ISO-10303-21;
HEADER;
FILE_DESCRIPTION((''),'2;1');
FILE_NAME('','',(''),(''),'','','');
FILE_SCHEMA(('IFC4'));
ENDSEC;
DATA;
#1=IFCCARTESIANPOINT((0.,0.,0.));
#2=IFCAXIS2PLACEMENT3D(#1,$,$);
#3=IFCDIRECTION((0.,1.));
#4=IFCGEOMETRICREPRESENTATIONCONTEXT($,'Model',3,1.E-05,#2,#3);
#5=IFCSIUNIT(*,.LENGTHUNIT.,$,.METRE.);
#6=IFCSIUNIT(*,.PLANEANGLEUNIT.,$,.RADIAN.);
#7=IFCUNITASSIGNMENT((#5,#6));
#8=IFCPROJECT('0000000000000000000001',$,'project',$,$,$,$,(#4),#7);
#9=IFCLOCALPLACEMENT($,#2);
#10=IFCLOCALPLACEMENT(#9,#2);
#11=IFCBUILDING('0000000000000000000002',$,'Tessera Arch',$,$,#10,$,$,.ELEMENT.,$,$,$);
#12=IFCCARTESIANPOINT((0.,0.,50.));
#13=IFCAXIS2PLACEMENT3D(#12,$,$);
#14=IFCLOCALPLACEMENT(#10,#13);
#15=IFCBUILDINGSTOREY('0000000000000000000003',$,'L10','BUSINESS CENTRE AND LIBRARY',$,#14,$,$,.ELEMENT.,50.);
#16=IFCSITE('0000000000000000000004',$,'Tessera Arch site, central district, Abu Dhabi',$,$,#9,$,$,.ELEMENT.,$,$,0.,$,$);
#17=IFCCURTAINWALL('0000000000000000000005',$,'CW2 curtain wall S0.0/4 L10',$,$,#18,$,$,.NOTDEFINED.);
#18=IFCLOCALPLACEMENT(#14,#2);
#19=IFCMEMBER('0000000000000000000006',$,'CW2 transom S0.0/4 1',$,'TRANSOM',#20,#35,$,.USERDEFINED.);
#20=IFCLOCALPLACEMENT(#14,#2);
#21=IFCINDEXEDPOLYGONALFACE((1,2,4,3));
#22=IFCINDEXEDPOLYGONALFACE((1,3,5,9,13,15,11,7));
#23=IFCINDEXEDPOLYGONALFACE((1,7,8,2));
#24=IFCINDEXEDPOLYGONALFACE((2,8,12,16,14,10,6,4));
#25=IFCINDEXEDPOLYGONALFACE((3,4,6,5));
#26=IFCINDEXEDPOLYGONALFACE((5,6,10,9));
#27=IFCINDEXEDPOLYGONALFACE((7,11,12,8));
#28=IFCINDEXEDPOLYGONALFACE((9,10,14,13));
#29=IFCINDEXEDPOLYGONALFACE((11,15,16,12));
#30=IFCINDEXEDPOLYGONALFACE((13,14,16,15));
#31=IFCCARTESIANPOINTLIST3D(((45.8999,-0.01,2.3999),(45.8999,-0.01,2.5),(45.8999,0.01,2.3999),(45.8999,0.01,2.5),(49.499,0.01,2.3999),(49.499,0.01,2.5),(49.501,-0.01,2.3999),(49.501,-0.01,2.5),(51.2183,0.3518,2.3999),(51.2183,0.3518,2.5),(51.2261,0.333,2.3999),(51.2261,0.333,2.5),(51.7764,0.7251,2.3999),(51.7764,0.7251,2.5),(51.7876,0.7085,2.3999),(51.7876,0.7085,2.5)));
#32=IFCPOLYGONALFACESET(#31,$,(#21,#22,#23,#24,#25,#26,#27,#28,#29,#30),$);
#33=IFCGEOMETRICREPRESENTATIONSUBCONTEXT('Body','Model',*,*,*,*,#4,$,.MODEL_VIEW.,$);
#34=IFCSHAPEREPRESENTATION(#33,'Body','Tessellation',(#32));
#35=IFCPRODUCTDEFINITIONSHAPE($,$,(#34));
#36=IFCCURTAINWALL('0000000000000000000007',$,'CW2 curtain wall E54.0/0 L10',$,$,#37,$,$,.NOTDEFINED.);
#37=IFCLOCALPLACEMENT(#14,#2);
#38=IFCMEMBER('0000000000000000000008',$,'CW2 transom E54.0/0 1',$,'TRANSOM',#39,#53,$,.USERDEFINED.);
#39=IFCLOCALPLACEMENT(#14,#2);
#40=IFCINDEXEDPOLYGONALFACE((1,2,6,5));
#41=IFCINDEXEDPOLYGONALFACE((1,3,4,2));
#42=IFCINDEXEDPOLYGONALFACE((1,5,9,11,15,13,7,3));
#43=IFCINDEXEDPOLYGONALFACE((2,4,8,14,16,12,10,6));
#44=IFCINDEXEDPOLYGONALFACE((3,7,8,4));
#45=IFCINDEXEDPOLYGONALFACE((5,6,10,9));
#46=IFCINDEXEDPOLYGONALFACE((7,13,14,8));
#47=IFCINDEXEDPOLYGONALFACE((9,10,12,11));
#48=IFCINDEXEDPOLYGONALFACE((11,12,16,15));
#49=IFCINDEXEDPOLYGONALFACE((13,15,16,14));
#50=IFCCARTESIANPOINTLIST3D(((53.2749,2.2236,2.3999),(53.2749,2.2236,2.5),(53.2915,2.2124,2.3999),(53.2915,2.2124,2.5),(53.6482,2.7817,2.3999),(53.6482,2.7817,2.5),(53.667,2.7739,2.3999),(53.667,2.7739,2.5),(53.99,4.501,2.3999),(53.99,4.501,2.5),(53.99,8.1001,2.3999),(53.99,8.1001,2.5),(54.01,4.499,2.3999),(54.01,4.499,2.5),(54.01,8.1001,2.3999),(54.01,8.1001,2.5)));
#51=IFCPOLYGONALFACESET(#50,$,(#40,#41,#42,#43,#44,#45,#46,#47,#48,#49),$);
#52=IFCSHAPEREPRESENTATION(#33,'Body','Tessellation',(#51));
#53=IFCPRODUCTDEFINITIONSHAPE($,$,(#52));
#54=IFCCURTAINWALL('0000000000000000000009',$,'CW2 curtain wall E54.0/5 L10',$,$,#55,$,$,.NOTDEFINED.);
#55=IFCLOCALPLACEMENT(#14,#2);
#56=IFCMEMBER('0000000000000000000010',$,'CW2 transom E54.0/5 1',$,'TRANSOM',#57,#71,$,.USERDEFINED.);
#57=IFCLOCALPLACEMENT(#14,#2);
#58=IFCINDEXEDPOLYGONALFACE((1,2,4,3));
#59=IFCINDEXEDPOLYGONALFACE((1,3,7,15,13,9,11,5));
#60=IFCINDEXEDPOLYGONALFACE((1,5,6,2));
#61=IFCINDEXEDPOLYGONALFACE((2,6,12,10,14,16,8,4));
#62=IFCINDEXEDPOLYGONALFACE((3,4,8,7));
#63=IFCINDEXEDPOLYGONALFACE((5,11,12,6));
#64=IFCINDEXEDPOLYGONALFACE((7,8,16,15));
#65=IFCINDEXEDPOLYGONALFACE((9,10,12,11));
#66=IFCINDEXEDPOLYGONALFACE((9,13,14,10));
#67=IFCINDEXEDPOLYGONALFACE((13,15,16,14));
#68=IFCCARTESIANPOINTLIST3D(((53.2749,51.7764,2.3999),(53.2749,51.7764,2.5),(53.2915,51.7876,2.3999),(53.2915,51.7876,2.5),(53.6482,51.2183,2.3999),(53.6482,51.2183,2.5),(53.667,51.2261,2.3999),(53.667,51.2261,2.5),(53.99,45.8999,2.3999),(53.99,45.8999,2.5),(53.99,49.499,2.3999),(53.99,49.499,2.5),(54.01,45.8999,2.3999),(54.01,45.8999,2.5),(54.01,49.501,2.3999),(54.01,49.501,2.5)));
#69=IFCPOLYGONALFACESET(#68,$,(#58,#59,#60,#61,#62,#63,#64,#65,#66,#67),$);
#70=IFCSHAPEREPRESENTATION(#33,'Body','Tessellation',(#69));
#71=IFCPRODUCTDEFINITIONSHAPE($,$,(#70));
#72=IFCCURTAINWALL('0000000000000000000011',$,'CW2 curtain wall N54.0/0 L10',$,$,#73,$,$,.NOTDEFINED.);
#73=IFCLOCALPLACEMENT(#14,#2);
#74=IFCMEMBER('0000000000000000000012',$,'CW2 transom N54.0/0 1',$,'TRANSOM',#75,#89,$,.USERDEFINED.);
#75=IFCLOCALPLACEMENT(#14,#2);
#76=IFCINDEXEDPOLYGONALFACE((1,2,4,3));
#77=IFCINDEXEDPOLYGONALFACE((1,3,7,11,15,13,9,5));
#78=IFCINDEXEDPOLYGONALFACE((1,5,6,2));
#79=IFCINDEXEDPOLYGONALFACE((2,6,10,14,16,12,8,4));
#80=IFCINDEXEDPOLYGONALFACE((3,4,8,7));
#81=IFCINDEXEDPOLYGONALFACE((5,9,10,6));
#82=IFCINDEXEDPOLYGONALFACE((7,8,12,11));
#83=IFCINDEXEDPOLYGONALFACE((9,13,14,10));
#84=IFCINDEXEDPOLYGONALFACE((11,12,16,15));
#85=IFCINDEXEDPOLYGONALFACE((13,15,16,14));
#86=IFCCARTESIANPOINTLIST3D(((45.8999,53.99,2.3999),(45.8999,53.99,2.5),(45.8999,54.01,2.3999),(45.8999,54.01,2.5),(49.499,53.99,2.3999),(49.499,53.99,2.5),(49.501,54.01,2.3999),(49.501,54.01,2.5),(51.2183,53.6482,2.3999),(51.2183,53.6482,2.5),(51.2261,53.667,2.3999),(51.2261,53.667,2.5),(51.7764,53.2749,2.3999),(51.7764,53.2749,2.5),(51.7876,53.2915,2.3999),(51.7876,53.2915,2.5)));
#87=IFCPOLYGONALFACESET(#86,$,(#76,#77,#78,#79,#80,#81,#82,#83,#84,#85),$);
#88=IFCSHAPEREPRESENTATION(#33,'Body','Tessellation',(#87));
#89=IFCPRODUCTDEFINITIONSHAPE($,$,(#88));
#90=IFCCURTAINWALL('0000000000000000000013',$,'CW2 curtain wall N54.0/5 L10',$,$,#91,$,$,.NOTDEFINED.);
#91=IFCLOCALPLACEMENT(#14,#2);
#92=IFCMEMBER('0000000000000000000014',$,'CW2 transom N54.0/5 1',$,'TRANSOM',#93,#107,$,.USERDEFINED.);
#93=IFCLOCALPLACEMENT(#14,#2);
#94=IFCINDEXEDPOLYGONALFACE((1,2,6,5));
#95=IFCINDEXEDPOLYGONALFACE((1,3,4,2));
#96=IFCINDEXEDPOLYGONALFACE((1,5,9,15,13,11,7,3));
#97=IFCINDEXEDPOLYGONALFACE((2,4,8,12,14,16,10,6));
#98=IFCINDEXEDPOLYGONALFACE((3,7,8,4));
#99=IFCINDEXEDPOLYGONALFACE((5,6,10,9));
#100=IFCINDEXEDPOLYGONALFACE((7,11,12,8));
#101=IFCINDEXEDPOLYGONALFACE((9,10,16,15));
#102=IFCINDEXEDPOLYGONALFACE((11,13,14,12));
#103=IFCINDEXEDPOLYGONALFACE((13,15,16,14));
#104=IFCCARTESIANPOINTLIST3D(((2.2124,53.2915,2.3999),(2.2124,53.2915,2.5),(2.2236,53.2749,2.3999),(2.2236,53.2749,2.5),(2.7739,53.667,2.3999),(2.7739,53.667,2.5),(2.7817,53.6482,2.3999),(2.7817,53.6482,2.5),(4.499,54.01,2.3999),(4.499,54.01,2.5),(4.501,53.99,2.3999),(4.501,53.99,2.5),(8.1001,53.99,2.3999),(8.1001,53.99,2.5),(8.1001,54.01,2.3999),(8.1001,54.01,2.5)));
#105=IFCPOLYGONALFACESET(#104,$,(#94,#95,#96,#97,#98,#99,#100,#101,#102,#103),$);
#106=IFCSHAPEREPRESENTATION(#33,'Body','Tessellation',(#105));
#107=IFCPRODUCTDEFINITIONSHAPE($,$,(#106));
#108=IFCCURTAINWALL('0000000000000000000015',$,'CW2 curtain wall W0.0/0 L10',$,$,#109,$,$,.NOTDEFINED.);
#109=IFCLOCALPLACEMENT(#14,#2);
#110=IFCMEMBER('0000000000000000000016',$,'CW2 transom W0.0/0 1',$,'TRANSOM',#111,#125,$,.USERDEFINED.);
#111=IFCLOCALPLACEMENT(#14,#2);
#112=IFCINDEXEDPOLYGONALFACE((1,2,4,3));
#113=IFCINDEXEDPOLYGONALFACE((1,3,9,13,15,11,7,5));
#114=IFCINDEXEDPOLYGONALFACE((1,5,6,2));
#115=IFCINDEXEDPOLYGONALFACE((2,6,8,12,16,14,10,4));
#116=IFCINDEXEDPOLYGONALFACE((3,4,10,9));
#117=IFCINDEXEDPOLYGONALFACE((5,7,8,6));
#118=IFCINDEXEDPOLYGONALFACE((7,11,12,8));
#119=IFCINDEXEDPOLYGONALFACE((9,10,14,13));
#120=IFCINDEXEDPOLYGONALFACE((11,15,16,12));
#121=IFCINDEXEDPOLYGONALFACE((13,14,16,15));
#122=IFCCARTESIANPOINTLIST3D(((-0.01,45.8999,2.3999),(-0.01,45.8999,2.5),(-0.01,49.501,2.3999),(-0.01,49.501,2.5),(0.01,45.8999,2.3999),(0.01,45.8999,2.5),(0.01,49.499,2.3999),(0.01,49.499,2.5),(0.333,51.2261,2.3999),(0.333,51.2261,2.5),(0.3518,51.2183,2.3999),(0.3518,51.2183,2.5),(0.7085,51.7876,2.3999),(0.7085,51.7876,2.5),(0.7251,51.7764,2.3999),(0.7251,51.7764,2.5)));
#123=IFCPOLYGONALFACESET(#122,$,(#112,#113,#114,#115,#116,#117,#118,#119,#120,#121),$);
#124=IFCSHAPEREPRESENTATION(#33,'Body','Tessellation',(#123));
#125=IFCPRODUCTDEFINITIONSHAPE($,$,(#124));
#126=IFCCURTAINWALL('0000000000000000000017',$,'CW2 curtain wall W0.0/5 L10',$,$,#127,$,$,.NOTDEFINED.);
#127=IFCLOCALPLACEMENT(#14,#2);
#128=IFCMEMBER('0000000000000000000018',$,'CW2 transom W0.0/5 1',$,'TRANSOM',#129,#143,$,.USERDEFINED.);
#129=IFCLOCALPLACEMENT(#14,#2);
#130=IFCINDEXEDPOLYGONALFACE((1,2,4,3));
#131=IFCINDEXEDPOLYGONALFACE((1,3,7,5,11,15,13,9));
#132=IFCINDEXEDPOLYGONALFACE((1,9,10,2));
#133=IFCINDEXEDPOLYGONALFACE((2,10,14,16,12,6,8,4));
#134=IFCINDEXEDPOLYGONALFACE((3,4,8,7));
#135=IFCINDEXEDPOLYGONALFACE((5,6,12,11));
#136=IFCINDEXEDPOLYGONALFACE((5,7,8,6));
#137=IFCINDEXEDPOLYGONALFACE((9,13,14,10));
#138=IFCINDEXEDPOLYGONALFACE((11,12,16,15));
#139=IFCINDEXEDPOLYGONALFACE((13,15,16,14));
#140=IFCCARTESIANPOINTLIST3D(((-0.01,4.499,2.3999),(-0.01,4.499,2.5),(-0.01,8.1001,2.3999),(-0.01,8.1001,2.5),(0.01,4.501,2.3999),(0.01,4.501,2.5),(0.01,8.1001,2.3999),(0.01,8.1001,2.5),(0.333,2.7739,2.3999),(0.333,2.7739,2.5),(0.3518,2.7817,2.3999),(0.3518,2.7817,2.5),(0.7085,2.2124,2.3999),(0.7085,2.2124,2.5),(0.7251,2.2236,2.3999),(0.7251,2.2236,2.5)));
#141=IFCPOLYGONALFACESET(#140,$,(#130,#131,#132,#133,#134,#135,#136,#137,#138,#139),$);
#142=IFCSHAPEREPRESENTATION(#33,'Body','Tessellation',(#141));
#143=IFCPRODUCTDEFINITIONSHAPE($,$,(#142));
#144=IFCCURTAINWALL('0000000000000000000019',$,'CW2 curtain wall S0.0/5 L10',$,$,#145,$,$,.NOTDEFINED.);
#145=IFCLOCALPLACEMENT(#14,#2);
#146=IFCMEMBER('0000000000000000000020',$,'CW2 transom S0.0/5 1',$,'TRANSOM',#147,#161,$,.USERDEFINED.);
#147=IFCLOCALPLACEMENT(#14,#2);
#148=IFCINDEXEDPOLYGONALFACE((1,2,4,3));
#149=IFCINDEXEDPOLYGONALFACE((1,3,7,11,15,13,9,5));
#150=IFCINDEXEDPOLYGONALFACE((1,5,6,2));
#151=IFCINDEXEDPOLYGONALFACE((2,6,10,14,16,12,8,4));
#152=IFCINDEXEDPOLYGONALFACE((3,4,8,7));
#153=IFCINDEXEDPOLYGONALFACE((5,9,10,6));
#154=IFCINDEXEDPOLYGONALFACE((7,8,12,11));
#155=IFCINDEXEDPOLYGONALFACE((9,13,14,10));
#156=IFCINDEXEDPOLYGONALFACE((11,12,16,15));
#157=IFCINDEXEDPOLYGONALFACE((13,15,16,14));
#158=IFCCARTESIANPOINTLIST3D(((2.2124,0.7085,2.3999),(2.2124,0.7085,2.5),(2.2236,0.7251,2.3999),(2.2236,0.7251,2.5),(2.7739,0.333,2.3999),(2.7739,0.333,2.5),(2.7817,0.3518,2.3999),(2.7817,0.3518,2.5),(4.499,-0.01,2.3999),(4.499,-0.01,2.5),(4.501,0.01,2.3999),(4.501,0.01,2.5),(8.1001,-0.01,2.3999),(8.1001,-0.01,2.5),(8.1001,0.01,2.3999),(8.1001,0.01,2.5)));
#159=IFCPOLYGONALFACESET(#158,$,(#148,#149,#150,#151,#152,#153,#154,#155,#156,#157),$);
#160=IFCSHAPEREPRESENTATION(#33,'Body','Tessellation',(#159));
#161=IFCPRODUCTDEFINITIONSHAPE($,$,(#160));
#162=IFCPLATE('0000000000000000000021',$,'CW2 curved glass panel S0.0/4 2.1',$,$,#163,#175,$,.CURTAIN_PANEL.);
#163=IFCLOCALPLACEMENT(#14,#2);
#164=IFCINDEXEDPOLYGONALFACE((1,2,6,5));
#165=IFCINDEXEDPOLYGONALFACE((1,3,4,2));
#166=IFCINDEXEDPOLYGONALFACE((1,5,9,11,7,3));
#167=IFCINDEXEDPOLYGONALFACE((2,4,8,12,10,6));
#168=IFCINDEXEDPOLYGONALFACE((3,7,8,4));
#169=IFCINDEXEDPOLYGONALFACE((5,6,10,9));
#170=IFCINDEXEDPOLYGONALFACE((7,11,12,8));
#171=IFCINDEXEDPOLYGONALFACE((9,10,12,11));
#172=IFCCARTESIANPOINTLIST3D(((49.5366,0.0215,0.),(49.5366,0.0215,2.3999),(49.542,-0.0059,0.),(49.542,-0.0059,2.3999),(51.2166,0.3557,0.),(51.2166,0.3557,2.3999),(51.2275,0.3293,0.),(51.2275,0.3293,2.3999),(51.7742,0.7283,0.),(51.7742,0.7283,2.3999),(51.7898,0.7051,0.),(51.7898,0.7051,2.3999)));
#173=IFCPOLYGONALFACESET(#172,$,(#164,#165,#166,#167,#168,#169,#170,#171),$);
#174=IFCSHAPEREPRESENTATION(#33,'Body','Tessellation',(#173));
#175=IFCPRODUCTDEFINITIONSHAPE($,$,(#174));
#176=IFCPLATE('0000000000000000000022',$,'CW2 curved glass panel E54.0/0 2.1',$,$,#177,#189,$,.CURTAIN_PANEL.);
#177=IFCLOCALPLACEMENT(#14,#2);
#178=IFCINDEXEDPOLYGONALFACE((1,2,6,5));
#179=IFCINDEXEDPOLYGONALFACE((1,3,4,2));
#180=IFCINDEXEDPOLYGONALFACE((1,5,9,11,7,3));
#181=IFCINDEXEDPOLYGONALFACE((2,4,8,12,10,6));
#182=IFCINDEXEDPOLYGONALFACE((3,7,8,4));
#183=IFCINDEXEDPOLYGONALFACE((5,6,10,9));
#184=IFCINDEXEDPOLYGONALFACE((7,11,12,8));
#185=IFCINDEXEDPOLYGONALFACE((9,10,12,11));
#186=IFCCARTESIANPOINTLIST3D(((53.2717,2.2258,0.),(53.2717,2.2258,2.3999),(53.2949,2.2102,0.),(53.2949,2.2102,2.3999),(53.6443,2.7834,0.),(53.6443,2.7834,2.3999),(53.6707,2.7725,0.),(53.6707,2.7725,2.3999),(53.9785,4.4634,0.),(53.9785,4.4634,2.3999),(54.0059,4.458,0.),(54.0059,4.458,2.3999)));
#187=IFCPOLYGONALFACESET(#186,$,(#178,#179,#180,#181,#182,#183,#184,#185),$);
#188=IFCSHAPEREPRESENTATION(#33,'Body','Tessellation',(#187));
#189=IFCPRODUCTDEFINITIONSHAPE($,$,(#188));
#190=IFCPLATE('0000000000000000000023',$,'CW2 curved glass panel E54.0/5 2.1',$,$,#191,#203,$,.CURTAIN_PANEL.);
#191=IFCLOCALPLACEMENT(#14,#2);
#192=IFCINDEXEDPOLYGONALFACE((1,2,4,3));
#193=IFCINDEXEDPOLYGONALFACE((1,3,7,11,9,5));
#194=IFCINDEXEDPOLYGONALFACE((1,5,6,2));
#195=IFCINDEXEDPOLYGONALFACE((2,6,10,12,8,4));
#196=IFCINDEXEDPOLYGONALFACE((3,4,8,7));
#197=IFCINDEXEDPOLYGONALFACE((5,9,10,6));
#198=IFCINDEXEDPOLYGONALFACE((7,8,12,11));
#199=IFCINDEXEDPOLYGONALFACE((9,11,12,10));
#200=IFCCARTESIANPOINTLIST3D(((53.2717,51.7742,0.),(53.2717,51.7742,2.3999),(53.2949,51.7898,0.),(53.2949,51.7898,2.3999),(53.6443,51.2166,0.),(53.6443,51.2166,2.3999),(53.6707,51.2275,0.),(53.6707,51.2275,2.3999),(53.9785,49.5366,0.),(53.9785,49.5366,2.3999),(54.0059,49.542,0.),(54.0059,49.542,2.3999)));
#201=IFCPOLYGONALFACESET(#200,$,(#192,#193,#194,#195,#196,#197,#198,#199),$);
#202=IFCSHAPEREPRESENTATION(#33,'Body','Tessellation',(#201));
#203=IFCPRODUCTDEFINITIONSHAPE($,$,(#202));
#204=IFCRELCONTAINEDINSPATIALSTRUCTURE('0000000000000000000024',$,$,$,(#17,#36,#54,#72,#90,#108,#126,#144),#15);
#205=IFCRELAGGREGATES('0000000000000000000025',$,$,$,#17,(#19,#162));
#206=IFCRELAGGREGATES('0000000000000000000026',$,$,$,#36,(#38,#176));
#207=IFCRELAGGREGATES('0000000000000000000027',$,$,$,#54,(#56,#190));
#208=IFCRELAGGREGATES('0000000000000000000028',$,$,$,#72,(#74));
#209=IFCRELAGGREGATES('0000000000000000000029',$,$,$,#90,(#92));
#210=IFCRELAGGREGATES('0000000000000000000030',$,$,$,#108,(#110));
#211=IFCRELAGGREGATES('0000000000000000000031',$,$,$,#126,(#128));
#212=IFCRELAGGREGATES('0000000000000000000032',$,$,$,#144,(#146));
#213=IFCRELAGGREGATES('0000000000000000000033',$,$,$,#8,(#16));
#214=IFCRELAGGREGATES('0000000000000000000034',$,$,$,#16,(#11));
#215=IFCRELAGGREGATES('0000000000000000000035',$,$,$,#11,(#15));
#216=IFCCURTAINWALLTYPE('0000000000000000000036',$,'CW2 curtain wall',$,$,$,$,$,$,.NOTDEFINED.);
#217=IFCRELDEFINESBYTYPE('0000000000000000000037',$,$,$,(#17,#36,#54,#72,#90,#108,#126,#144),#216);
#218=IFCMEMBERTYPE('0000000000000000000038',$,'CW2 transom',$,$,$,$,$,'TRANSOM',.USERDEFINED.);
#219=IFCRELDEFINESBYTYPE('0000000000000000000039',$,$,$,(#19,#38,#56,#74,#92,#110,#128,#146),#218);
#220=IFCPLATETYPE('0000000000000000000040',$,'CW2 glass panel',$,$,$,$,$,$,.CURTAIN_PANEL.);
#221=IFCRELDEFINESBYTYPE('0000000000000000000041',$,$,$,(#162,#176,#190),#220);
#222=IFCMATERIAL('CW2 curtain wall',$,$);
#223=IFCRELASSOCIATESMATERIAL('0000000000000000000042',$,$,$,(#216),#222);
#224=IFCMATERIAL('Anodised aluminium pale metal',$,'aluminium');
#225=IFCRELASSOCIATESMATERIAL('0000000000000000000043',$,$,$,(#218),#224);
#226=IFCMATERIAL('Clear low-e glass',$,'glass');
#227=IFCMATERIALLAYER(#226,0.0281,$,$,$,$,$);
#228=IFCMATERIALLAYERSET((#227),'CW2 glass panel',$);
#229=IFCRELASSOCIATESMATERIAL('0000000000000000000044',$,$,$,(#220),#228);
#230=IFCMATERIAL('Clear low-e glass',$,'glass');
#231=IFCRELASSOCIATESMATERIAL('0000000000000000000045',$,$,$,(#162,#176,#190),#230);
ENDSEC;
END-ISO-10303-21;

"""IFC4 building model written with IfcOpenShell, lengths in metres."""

from ifc_helpers import new_model, si_unit, direction, frame, origin, origin_2d, place, context, subcontext, project, spatial, polyline, rectangle, outline, extrude, material, layer, layer_set, material_profile, profile_set, type_object, element, aggregate, save


model = new_model("IFC4")

# Units and contexts
model_context = context("Model", 3, precision=1e-05, world=origin(), true_north=direction((0.0, 1.0)))
body_context = subcontext(model_context, "Body", "Model", "MODEL_VIEW")
ifc_project = project(units=[si_unit("LENGTHUNIT", "METRE"), si_unit("PLANEANGLEUNIT", "RADIAN")], contexts=[model_context])

# Site, building, storey
site_placement = place(None, origin())
site = spatial("IfcSite", under=ifc_project, at=site_placement, Name="Tessera Arch site, central district, Abu Dhabi", CompositionType="ELEMENT", RefElevation=0.0)
building_placement = place(site_placement, origin())
building = spatial("IfcBuilding", under=site, at=building_placement, Name="Tessera Arch", CompositionType="ELEMENT")
storey_placement = place(building_placement, frame((0.0, 0.0, 50.0)))
storey = spatial("IfcBuildingStorey", under=building, at=storey_placement, Name="L10", Description="BUSINESS CENTRE AND LIBRARY", CompositionType="ELEMENT", Elevation=50.0)

# Curtain walls, members
ifc_material_1 = material(Name="CW2 curtain wall")
curtain_wall_type = type_object("IfcCurtainWallType", Name="CW2 curtain wall", PredefinedType="NOTDEFINED", material=ifc_material_1)
curtain_wall_1_placement = place(storey_placement, origin())
curtain_wall_1 = element("IfcCurtainWall", 1, at=curtain_wall_1_placement, inside=storey, type_object=curtain_wall_type, Name="CW2 curtain wall S0.0/4 L10", PredefinedType="NOTDEFINED")
ifc_material_2 = material(Name="Anodised aluminium pale metal", Category="aluminium")
ifc_material_profile = material_profile(ifc_material_2, rectangle(XDim=0.2, YDim=0.1001, at=origin_2d()), Name="AL 200x100")
ifc_profile_set = profile_set([ifc_material_profile], Name="Anodised aluminium pale metal")
member_type = type_object("IfcMemberType", Name="CW2 transom", ElementType="TRANSOM", PredefinedType="USERDEFINED", material=ifc_profile_set)
member_1_placement = place(storey_placement, frame((0.0, 0.0, 2.3999)))
member_1 = element("IfcMember", 2, at=member_1_placement, type_object=member_type, Name="CW2 transom S0.0/4 1", ObjectType="TRANSOM", PredefinedType="USERDEFINED", context=body_context, shape_type="SweptSolid", body=[
    extrude(outline(polyline([(49.499, 0.01), (45.8999, 0.01), (45.8999, -0.01), (49.501, -0.01), (51.2261, 0.333), (51.7876, 0.7085), (51.7764, 0.7251), (51.2183, 0.3518), (49.499, 0.01)])), origin(), (0.0, 0.0, 1.0), 0.1001),
])
curtain_wall_2_placement = place(storey_placement, origin())
curtain_wall_2 = element("IfcCurtainWall", 3, at=curtain_wall_2_placement, inside=storey, type_object=curtain_wall_type, Name="CW2 curtain wall E54.0/0 L10", PredefinedType="NOTDEFINED")
member_2_placement = place(storey_placement, frame((0.0, 0.0, 2.3999)))
member_2 = element("IfcMember", 4, at=member_2_placement, type_object=member_type, Name="CW2 transom E54.0/0 1", ObjectType="TRANSOM", PredefinedType="USERDEFINED", context=body_context, shape_type="SweptSolid", body=[
    extrude(outline(polyline([(53.6482, 2.7817), (53.2749, 2.2236), (53.2915, 2.2124), (53.667, 2.7739), (54.01, 4.499), (54.01, 8.1001), (53.99, 8.1001), (53.99, 4.501), (53.6482, 2.7817)])), origin(), (0.0, 0.0, 1.0), 0.1001),
])
curtain_wall_3_placement = place(storey_placement, origin())
curtain_wall_3 = element("IfcCurtainWall", 5, at=curtain_wall_3_placement, inside=storey, type_object=curtain_wall_type, Name="CW2 curtain wall E54.0/5 L10", PredefinedType="NOTDEFINED")
member_3_placement = place(storey_placement, frame((0.0, 0.0, 2.3999)))
member_3 = element("IfcMember", 6, at=member_3_placement, type_object=member_type, Name="CW2 transom E54.0/5 1", ObjectType="TRANSOM", PredefinedType="USERDEFINED", context=body_context, shape_type="SweptSolid", body=[
    extrude(outline(polyline([(53.99, 49.499), (53.99, 45.8999), (54.01, 45.8999), (54.01, 49.501), (53.667, 51.2261), (53.2915, 51.7876), (53.2749, 51.7764), (53.6482, 51.2183), (53.99, 49.499)])), origin(), (0.0, 0.0, 1.0), 0.1001),
])
curtain_wall_4_placement = place(storey_placement, origin())
curtain_wall_4 = element("IfcCurtainWall", 7, at=curtain_wall_4_placement, inside=storey, type_object=curtain_wall_type, Name="CW2 curtain wall N54.0/0 L10", PredefinedType="NOTDEFINED")
member_4_placement = place(storey_placement, frame((0.0, 0.0, 2.3999)))
member_4 = element("IfcMember", 8, at=member_4_placement, type_object=member_type, Name="CW2 transom N54.0/0 1", ObjectType="TRANSOM", PredefinedType="USERDEFINED", context=body_context, shape_type="SweptSolid", body=[
    extrude(outline(polyline([(51.2183, 53.6482), (51.7764, 53.2749), (51.7876, 53.2915), (51.2261, 53.667), (49.501, 54.01), (45.8999, 54.01), (45.8999, 53.99), (49.499, 53.99), (51.2183, 53.6482)])), origin(), (0.0, 0.0, 1.0), 0.1001),
])
curtain_wall_5_placement = place(storey_placement, origin())
curtain_wall_5 = element("IfcCurtainWall", 9, at=curtain_wall_5_placement, inside=storey, type_object=curtain_wall_type, Name="CW2 curtain wall N54.0/5 L10", PredefinedType="NOTDEFINED")
member_5_placement = place(storey_placement, frame((0.0, 0.0, 2.3999)))
member_5 = element("IfcMember", 10, at=member_5_placement, type_object=member_type, Name="CW2 transom N54.0/5 1", ObjectType="TRANSOM", PredefinedType="USERDEFINED", context=body_context, shape_type="SweptSolid", body=[
    extrude(outline(polyline([(4.501, 53.99), (8.1001, 53.99), (8.1001, 54.01), (4.499, 54.01), (2.7739, 53.667), (2.2124, 53.2915), (2.2236, 53.2749), (2.7817, 53.6482), (4.501, 53.99)])), origin(), (0.0, 0.0, 1.0), 0.1001),
])
curtain_wall_6_placement = place(storey_placement, origin())
curtain_wall_6 = element("IfcCurtainWall", 11, at=curtain_wall_6_placement, inside=storey, type_object=curtain_wall_type, Name="CW2 curtain wall W0.0/0 L10", PredefinedType="NOTDEFINED")
member_6_placement = place(storey_placement, frame((0.0, 0.0, 2.3999)))
member_6 = element("IfcMember", 12, at=member_6_placement, type_object=member_type, Name="CW2 transom W0.0/0 1", ObjectType="TRANSOM", PredefinedType="USERDEFINED", context=body_context, shape_type="SweptSolid", body=[
    extrude(outline(polyline([(0.3518, 51.2183), (0.7251, 51.7764), (0.7085, 51.7876), (0.333, 51.2261), (-0.01, 49.501), (-0.01, 45.8999), (0.01, 45.8999), (0.01, 49.499), (0.3518, 51.2183)])), origin(), (0.0, 0.0, 1.0), 0.1001),
])
curtain_wall_7_placement = place(storey_placement, origin())
curtain_wall_7 = element("IfcCurtainWall", 13, at=curtain_wall_7_placement, inside=storey, type_object=curtain_wall_type, Name="CW2 curtain wall W0.0/5 L10", PredefinedType="NOTDEFINED")
member_7_placement = place(storey_placement, frame((0.0, 0.0, 2.3999)))
member_7 = element("IfcMember", 14, at=member_7_placement, type_object=member_type, Name="CW2 transom W0.0/5 1", ObjectType="TRANSOM", PredefinedType="USERDEFINED", context=body_context, shape_type="SweptSolid", body=[
    extrude(outline(polyline([(0.01, 4.501), (0.01, 8.1001), (-0.01, 8.1001), (-0.01, 4.499), (0.333, 2.7739), (0.7085, 2.2124), (0.7251, 2.2236), (0.3518, 2.7817), (0.01, 4.501)])), origin(), (0.0, 0.0, 1.0), 0.1001),
])
curtain_wall_8_placement = place(storey_placement, origin())
curtain_wall_8 = element("IfcCurtainWall", 15, at=curtain_wall_8_placement, inside=storey, type_object=curtain_wall_type, Name="CW2 curtain wall S0.0/5 L10", PredefinedType="NOTDEFINED")
member_8_placement = place(storey_placement, frame((0.0, 0.0, 2.3999)))
member_8 = element("IfcMember", 16, at=member_8_placement, type_object=member_type, Name="CW2 transom S0.0/5 1", ObjectType="TRANSOM", PredefinedType="USERDEFINED", context=body_context, shape_type="SweptSolid", body=[
    extrude(outline(polyline([(2.7817, 0.3518), (2.2236, 0.7251), (2.2124, 0.7085), (2.7739, 0.333), (4.499, -0.01), (8.1001, -0.01), (8.1001, 0.01), (4.501, 0.01), (2.7817, 0.3518)])), origin(), (0.0, 0.0, 1.0), 0.1001),
])

# Plates
ifc_material_3 = material(Name="Clear low-e glass", Category="glass")
ifc_material_4 = material(Name="Clear low-e glass", Category="glass")
ifc_layer_1 = layer(ifc_material_4, 0.0281)
ifc_layer_set_1 = layer_set([ifc_layer_1], Name="CW2 glass panel")
plate_type_1 = type_object("IfcPlateType", Name="CW2 glass panel", PredefinedType="CURTAIN_PANEL", material=ifc_layer_set_1)
plate_1_placement = place(storey_placement, origin())
plate_1 = element("IfcPlate", 17, at=plate_1_placement, type_object=plate_type_1, material=ifc_material_3, Name="CW2 curved glass panel S0.0/4 2.1", PredefinedType="CURTAIN_PANEL", context=body_context, shape_type="SweptSolid", body=[
    extrude(outline(polyline([(51.2166, 0.3557), (49.5366, 0.0215), (49.542, -0.0059), (51.2275, 0.3293), (51.7898, 0.7051), (51.7742, 0.7283), (51.2166, 0.3557)])), origin(), (0.0, 0.0, 1.0), 2.3999),
])
plate_2_placement = place(storey_placement, origin())
plate_2 = element("IfcPlate", 18, at=plate_2_placement, type_object=plate_type_1, material=ifc_material_3, Name="CW2 curved glass panel E54.0/0 2.1", PredefinedType="CURTAIN_PANEL", context=body_context, shape_type="SweptSolid", body=[
    extrude(outline(polyline([(53.6443, 2.7834), (53.2717, 2.2258), (53.2949, 2.2102), (53.6707, 2.7725), (54.0059, 4.458), (53.9785, 4.4634), (53.6443, 2.7834)])), origin(), (0.0, 0.0, 1.0), 2.3999),
])
plate_3_placement = place(storey_placement, origin())
plate_3 = element("IfcPlate", 19, at=plate_3_placement, type_object=plate_type_1, material=ifc_material_3, Name="CW2 curved glass panel E54.0/5 2.1", PredefinedType="CURTAIN_PANEL", context=body_context, shape_type="SweptSolid", body=[
    extrude(outline(polyline([(53.6443, 51.2166), (53.9785, 49.5366), (54.0059, 49.542), (53.6707, 51.2275), (53.2949, 51.7898), (53.2717, 51.7742), (53.6443, 51.2166)])), origin(), (0.0, 0.0, 1.0), 2.3999),
])
aggregate(curtain_wall_1, [member_1, plate_1])
aggregate(curtain_wall_2, [member_2, plate_2])
aggregate(curtain_wall_3, [member_3, plate_3])
aggregate(curtain_wall_4, [member_4])
aggregate(curtain_wall_5, [member_5])
aggregate(curtain_wall_6, [member_6])
aggregate(curtain_wall_7, [member_7])
aggregate(curtain_wall_8, [member_8])

save(model, "model.ifc")
